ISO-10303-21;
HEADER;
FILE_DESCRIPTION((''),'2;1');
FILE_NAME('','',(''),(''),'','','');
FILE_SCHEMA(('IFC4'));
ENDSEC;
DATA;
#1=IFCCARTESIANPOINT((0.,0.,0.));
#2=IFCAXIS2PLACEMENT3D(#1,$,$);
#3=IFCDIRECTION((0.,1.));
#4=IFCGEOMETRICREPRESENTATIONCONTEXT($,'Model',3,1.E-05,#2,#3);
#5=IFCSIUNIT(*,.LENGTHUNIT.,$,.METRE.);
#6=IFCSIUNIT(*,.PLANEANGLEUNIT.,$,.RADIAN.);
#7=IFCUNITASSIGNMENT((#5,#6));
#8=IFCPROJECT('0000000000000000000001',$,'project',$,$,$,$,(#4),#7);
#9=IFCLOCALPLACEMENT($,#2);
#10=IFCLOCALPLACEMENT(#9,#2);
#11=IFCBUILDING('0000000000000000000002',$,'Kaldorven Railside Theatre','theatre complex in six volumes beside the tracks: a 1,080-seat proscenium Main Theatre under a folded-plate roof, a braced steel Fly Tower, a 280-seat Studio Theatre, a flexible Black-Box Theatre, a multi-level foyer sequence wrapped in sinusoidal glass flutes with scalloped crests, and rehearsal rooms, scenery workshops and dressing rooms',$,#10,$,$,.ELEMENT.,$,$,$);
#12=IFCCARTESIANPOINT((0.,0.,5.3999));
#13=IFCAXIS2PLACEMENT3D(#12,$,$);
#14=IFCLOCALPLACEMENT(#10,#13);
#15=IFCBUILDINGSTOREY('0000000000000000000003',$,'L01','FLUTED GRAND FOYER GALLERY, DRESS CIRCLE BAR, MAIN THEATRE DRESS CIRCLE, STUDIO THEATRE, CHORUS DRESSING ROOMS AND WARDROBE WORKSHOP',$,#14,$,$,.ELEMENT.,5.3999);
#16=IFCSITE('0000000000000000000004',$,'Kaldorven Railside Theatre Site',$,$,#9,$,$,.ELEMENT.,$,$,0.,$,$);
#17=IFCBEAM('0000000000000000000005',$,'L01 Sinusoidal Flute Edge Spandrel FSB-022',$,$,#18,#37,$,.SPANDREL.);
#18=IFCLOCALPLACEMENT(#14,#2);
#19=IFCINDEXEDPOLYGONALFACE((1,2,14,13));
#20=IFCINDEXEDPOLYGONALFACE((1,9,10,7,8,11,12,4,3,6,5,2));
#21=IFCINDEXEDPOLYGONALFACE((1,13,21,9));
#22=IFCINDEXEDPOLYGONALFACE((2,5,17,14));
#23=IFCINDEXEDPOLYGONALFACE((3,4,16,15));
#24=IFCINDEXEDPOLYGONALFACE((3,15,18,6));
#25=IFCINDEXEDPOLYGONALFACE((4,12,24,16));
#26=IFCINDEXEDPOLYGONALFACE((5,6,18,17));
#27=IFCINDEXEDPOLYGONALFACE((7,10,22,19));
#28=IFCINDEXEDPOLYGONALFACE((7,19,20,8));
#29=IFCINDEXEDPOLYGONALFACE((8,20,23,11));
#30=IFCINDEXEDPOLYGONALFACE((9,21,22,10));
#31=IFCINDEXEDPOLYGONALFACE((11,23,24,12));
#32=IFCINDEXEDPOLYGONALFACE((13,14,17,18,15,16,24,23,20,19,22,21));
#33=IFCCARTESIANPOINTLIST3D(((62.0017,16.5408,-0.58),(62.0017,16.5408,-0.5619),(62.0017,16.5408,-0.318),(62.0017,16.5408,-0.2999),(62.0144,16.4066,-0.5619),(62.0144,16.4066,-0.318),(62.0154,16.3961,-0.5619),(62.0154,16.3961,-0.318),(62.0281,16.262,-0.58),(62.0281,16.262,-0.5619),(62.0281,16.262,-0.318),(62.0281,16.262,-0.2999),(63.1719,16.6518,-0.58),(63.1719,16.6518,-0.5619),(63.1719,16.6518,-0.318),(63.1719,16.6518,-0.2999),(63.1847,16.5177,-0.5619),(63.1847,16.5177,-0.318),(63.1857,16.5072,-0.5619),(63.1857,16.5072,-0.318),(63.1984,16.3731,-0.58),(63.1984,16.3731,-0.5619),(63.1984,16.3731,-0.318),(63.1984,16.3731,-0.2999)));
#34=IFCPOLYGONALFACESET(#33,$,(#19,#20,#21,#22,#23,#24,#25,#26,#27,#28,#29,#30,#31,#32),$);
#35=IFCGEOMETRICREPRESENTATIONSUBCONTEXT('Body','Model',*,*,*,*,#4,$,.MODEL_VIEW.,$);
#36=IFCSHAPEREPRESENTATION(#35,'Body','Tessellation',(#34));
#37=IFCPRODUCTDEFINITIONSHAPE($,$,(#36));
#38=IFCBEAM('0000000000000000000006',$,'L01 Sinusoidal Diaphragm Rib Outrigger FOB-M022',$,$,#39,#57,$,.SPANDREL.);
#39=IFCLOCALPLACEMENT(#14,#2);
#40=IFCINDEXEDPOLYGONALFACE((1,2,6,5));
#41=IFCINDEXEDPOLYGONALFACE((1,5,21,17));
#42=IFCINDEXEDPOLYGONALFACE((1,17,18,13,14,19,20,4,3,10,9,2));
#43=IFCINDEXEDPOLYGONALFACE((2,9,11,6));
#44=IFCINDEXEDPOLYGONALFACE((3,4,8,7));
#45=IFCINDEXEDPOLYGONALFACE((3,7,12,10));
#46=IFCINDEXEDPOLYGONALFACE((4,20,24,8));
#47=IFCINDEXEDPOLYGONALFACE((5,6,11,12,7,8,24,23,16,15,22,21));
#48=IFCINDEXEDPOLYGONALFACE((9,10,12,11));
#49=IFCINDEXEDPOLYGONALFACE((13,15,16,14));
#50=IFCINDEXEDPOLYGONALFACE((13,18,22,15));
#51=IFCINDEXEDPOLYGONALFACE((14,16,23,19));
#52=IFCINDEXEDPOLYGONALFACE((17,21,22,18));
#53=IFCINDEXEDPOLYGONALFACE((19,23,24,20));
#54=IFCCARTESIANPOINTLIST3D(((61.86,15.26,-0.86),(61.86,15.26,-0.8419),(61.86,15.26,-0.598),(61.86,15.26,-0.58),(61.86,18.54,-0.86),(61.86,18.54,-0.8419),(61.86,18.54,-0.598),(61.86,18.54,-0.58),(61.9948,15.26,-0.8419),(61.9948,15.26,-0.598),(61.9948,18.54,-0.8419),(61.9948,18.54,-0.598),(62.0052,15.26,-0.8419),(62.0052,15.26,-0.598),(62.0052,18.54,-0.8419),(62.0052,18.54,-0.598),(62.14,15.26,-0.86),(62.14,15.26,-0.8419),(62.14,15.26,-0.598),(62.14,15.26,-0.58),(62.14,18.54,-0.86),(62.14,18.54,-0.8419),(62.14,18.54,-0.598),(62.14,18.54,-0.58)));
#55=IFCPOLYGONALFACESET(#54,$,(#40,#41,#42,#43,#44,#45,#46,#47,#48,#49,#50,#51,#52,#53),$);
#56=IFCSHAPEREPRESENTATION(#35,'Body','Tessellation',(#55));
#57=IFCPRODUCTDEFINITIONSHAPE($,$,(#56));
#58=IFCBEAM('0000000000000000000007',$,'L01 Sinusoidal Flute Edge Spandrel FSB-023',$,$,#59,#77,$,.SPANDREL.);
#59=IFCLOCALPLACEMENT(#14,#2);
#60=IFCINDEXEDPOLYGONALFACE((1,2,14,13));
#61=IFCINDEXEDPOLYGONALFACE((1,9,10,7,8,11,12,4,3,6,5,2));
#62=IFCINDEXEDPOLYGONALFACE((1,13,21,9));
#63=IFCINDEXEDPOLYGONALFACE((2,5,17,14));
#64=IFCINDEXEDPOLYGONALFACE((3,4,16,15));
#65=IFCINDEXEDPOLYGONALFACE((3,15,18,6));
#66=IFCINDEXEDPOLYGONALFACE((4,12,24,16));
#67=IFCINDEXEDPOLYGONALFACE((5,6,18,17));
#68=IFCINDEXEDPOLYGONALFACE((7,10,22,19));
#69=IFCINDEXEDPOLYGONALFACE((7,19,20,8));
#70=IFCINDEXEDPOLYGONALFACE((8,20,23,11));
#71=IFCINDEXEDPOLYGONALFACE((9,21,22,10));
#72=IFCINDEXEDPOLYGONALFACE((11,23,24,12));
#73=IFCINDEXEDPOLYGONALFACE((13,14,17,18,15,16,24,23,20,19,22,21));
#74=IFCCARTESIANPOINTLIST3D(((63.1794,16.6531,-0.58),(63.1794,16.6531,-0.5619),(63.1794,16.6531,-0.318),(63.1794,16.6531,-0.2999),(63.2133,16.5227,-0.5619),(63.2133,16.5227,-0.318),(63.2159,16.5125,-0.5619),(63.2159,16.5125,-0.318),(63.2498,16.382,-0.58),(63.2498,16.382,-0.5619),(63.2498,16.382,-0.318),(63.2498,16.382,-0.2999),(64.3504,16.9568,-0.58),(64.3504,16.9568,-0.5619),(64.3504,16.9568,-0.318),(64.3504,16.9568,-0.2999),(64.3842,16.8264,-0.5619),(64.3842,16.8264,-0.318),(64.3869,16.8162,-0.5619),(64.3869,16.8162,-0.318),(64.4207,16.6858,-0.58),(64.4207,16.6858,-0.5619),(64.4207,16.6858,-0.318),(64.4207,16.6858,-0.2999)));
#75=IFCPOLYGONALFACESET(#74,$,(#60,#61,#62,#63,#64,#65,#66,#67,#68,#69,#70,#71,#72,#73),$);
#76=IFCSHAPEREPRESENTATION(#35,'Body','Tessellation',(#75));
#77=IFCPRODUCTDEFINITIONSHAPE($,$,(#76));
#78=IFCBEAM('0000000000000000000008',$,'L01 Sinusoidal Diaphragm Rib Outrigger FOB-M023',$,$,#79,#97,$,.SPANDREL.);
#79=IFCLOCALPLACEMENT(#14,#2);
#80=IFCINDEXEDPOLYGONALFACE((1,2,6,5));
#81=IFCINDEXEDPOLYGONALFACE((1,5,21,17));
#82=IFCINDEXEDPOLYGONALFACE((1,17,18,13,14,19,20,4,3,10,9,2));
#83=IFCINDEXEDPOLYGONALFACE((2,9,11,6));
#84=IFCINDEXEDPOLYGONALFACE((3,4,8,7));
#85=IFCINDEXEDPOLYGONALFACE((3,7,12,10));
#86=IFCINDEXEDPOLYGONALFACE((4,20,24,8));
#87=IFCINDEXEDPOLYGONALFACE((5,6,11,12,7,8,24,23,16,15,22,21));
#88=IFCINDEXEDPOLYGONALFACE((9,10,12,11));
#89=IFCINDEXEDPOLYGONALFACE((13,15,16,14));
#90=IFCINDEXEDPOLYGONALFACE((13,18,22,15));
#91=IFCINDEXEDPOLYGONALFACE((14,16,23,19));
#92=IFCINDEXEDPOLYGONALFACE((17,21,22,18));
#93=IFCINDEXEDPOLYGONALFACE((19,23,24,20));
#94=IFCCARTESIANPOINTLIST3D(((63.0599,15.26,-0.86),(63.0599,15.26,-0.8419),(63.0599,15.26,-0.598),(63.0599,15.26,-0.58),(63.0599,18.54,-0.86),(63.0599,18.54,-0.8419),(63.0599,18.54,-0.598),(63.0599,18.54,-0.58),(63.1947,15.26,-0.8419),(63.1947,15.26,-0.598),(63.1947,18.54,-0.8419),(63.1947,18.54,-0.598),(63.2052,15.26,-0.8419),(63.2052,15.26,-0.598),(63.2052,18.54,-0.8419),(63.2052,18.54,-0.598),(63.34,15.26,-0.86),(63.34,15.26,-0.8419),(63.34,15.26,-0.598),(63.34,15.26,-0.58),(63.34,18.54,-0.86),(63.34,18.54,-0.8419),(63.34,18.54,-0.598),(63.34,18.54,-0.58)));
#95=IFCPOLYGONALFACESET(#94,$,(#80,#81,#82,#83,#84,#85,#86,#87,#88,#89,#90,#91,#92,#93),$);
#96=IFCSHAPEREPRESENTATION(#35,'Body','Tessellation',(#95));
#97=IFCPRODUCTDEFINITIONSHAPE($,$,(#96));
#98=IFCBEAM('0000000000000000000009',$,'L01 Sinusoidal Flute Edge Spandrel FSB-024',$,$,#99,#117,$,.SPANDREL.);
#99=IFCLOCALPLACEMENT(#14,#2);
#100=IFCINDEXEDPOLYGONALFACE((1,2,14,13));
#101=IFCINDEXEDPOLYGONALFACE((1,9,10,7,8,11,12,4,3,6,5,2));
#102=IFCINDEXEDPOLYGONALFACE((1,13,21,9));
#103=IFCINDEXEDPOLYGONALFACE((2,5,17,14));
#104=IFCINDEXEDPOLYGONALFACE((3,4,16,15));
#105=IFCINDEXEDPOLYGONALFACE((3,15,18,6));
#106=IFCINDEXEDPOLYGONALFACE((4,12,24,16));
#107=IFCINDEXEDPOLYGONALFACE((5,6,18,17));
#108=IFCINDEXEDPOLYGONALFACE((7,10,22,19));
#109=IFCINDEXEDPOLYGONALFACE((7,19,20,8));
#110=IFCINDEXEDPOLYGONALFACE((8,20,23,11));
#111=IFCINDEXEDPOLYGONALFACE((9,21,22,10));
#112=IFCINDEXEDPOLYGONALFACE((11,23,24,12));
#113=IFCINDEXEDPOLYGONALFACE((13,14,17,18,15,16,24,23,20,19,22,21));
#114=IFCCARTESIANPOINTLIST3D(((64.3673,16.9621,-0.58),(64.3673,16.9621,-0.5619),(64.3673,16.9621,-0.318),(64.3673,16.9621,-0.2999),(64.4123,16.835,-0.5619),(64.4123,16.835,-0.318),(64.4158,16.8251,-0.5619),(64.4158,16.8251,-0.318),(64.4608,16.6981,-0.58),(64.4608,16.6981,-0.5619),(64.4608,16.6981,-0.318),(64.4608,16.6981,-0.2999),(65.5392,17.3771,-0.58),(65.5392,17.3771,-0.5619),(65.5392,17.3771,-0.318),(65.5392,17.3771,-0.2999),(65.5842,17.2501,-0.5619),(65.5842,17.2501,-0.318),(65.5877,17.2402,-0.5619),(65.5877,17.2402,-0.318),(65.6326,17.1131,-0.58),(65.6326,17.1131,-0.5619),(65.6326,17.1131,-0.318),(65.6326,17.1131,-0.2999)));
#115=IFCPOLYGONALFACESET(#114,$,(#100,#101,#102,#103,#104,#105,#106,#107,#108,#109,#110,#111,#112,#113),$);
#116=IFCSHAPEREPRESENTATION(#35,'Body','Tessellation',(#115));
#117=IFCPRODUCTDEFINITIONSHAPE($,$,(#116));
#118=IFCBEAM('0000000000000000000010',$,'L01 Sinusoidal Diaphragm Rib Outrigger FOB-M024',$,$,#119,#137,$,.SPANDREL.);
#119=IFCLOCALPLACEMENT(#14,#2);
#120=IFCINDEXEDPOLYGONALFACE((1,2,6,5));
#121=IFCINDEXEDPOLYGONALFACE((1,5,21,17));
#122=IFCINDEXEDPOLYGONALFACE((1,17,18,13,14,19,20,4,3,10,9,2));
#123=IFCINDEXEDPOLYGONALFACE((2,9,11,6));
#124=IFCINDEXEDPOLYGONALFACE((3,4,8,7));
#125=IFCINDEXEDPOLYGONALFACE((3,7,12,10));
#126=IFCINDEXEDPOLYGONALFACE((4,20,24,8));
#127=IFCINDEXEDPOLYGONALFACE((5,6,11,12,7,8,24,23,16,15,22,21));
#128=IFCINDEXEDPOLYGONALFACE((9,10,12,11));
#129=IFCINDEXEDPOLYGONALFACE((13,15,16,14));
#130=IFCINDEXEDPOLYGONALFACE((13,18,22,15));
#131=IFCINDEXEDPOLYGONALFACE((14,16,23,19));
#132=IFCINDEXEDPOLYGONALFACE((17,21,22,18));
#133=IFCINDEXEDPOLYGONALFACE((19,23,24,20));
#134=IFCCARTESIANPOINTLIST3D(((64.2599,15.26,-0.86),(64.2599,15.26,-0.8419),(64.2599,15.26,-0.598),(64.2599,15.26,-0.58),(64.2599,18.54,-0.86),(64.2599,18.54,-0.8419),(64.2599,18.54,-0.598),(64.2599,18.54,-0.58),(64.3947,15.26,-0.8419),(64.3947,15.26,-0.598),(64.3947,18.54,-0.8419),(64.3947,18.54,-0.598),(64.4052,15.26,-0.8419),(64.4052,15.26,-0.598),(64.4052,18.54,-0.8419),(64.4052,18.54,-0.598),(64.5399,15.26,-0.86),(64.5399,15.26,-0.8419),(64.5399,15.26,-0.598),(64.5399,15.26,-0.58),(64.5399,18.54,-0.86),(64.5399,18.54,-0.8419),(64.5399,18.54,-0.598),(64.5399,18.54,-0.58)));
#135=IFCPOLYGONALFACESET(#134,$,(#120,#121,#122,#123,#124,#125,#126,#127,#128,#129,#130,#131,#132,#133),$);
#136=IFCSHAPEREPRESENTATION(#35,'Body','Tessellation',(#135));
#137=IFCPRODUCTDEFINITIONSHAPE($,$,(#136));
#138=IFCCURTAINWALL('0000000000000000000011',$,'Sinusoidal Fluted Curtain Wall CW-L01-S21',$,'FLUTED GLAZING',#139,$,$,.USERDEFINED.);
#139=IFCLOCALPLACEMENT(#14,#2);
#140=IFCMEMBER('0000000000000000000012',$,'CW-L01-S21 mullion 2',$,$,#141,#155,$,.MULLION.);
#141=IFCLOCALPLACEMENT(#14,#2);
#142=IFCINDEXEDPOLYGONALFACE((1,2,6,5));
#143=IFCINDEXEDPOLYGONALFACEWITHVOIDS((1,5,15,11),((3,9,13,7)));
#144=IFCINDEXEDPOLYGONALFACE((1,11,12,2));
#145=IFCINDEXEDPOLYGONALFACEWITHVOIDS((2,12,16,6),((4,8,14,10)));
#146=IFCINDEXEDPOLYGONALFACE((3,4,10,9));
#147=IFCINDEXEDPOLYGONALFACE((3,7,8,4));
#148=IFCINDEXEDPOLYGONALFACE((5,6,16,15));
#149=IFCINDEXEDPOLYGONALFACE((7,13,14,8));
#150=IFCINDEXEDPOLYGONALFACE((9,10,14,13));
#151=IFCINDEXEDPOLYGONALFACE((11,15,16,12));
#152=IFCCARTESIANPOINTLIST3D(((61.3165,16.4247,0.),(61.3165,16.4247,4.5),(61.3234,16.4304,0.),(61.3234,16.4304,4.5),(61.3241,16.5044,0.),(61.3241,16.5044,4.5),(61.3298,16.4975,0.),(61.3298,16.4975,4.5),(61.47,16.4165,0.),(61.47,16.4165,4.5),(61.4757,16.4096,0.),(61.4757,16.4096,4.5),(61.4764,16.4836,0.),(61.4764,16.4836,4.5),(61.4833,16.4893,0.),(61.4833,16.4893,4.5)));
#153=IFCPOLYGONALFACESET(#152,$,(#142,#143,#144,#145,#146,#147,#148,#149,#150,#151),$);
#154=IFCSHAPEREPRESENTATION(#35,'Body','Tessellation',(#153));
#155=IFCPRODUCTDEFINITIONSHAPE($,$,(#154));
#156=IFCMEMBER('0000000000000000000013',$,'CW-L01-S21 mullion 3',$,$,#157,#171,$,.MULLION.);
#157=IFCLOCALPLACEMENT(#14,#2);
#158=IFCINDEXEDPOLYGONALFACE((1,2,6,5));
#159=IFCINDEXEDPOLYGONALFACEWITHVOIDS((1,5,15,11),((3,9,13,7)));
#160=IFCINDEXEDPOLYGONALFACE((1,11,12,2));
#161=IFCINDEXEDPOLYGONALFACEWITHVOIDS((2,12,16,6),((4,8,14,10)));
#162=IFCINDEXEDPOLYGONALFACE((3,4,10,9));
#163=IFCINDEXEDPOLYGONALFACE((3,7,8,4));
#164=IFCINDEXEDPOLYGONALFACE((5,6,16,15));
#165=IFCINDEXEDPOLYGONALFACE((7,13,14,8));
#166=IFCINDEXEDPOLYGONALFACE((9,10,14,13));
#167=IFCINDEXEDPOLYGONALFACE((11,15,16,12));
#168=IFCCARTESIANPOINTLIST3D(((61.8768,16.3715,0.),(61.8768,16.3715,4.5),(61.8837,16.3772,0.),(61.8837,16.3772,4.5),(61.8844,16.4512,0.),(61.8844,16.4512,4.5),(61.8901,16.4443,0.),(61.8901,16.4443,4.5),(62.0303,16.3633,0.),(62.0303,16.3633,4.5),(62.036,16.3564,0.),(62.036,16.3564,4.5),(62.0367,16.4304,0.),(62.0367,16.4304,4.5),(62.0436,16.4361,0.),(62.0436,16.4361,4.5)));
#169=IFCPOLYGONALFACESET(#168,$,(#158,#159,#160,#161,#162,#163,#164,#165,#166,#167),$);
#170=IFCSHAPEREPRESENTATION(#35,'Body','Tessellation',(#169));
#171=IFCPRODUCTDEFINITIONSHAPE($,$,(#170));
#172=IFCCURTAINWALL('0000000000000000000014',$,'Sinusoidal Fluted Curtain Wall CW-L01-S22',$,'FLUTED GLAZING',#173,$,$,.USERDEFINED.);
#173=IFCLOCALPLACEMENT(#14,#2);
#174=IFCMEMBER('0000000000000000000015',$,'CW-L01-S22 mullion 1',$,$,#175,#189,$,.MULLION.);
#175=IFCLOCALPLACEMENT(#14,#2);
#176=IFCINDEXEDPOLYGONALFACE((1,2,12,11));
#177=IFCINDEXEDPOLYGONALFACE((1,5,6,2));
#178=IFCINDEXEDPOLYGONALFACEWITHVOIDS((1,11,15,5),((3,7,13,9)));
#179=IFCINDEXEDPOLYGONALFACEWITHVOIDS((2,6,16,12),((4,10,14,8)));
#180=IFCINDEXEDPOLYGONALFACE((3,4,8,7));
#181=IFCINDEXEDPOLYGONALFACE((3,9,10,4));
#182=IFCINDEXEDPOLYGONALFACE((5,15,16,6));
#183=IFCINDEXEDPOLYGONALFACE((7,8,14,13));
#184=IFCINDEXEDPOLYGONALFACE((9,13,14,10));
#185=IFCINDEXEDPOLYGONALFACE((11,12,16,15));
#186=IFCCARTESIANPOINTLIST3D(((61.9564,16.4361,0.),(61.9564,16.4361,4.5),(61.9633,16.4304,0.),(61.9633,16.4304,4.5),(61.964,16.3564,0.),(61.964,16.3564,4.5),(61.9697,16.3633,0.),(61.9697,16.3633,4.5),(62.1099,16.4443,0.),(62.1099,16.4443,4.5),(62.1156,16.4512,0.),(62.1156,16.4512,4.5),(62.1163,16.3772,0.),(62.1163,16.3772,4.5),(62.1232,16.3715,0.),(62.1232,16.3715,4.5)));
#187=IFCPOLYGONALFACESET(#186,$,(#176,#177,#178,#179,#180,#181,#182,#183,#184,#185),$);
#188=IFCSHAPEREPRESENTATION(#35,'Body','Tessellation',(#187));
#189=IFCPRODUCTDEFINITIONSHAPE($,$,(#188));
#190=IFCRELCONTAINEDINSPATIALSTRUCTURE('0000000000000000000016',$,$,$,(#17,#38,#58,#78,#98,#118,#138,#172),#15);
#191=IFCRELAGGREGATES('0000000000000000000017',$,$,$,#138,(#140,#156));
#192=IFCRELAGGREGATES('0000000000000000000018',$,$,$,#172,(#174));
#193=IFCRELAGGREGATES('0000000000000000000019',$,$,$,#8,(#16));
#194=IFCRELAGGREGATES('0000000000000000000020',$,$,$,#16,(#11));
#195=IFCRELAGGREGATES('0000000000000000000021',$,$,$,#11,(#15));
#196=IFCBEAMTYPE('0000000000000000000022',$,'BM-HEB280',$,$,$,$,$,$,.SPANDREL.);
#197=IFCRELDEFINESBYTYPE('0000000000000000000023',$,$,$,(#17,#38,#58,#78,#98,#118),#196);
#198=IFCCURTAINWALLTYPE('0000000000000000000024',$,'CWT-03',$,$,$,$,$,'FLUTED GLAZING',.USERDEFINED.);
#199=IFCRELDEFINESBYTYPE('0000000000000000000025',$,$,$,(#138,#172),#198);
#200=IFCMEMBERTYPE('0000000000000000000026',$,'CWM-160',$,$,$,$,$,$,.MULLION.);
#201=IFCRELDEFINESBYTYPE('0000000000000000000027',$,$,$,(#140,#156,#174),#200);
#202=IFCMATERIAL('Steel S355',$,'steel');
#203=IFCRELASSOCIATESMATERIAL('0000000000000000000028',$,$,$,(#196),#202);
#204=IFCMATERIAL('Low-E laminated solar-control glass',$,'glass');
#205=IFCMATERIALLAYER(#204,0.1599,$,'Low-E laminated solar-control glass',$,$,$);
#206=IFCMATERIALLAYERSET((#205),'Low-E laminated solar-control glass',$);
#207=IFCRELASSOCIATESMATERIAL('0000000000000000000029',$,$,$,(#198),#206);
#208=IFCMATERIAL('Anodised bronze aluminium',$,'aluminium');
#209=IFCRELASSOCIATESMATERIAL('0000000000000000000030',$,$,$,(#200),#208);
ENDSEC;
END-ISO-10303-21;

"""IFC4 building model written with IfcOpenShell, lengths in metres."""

from ifc_helpers import new_model, si_unit, direction, frame, origin, origin_2d, place, context, subcontext, project, spatial, hollow_rectangle, i_section, extrude, material, layer, layer_set, material_profile, profile_set, type_object, element, aggregate, save


model = new_model("IFC4")

# Units and contexts
model_context = context("Model", 3, precision=1e-05, world=origin(), true_north=direction((0.0, 1.0)))
body_context = subcontext(model_context, "Body", "Model", "MODEL_VIEW")
ifc_project = project(units=[si_unit("LENGTHUNIT", "METRE"), si_unit("PLANEANGLEUNIT", "RADIAN")], contexts=[model_context])

# Site, building, storey
site_placement = place(None, origin())
site = spatial("IfcSite", under=ifc_project, at=site_placement, Name="Kaldorven Railside Theatre Site", CompositionType="ELEMENT", RefElevation=0.0)
building_placement = place(site_placement, origin())
building = spatial("IfcBuilding", under=site, at=building_placement, Name="Kaldorven Railside Theatre", Description="theatre complex in six volumes beside the tracks: a 1,080-seat proscenium Main Theatre under a folded-plate roof, a braced steel Fly Tower, a 280-seat Studio Theatre, a flexible Black-Box Theatre, a multi-level foyer sequence wrapped in sinusoidal glass flutes with scalloped crests, and rehearsal rooms, scenery workshops and dressing rooms", CompositionType="ELEMENT")
storey_placement = place(building_placement, frame((0.0, 0.0, 5.3999)))
storey = spatial("IfcBuildingStorey", under=building, at=storey_placement, Name="L01", Description="FLUTED GRAND FOYER GALLERY, DRESS CIRCLE BAR, MAIN THEATRE DRESS CIRCLE, STUDIO THEATRE, CHORUS DRESSING ROOMS AND WARDROBE WORKSHOP", CompositionType="ELEMENT", Elevation=5.3999)

# Beams
ifc_material_1 = material(Name="Steel S355", Category="steel")
ifc_material_profile_1 = material_profile(ifc_material_1, i_section(OverallWidth=0.28, OverallDepth=0.28, WebThickness=0.0105, FlangeThickness=0.0181, at=origin_2d()), Name="HEB 280")
ifc_profile_set_1 = profile_set([ifc_material_profile_1], Name="Steel S355")
beam_type = type_object("IfcBeamType", Name="BM-HEB280", PredefinedType="SPANDREL", material=ifc_profile_set_1)
beam_1_placement = place(storey_placement, frame((62.0149, 16.4014, -0.4399), z_axis=(0.995524, 0.094505, 0.0), x_axis=(-0.094505, 0.995524, 0.0)))
element("IfcBeam", 1, at=beam_1_placement, inside=storey, type_object=beam_type, Name="L01 Sinusoidal Flute Edge Spandrel FSB-022", PredefinedType="SPANDREL", context=body_context, shape_type="SweptSolid", body=[
    extrude(i_section(OverallWidth=0.28, OverallDepth=0.28, WebThickness=0.0105, FlangeThickness=0.0181, at=origin_2d()), origin(), (0.0, 0.0, 1.0), 1.1755),
])
beam_2_placement = place(storey_placement, frame((62.0, 15.26, -0.72), z_axis=(0.0, 1.0, 0.0), x_axis=(-1.0, 0.0, 0.0)))
element("IfcBeam", 2, at=beam_2_placement, inside=storey, type_object=beam_type, Name="L01 Sinusoidal Diaphragm Rib Outrigger FOB-M022", PredefinedType="SPANDREL", context=body_context, shape_type="SweptSolid", body=[
    extrude(i_section(OverallWidth=0.28, OverallDepth=0.28, WebThickness=0.0105, FlangeThickness=0.0181, at=origin_2d()), origin(), (0.0, 0.0, 1.0), 3.28),
])
beam_3_placement = place(storey_placement, frame((63.2146, 16.5176, -0.4399), z_axis=(0.967968, 0.251074, 0.0), x_axis=(-0.251074, 0.967968, 0.0)))
element("IfcBeam", 3, at=beam_3_placement, inside=storey, type_object=beam_type, Name="L01 Sinusoidal Flute Edge Spandrel FSB-023", PredefinedType="SPANDREL", context=body_context, shape_type="SweptSolid", body=[
    extrude(i_section(OverallWidth=0.28, OverallDepth=0.28, WebThickness=0.0105, FlangeThickness=0.0181, at=origin_2d()), origin(), (0.0, 0.0, 1.0), 1.2097),
])
beam_4_placement = place(storey_placement, frame((63.2, 15.26, -0.72), z_axis=(0.0, 1.0, 0.0), x_axis=(-1.0, 0.0, 0.0)))
element("IfcBeam", 4, at=beam_4_placement, inside=storey, type_object=beam_type, Name="L01 Sinusoidal Diaphragm Rib Outrigger FOB-M023", PredefinedType="SPANDREL", context=body_context, shape_type="SweptSolid", body=[
    extrude(i_section(OverallWidth=0.28, OverallDepth=0.28, WebThickness=0.0105, FlangeThickness=0.0181, at=origin_2d()), origin(), (0.0, 0.0, 1.0), 3.28),
])
beam_5_placement = place(storey_placement, frame((64.4141, 16.8301, -0.4399), z_axis=(0.942627, 0.333847, 0.0), x_axis=(-0.333847, 0.942627, 0.0)))
element("IfcBeam", 5, at=beam_5_placement, inside=storey, type_object=beam_type, Name="L01 Sinusoidal Flute Edge Spandrel FSB-024", PredefinedType="SPANDREL", context=body_context, shape_type="SweptSolid", body=[
    extrude(i_section(OverallWidth=0.28, OverallDepth=0.28, WebThickness=0.0105, FlangeThickness=0.0181, at=origin_2d()), origin(), (0.0, 0.0, 1.0), 1.2432),
])
beam_6_placement = place(storey_placement, frame((64.3999, 15.26, -0.72), z_axis=(0.0, 1.0, 0.0), x_axis=(-1.0, 0.0, 0.0)))
element("IfcBeam", 6, at=beam_6_placement, inside=storey, type_object=beam_type, Name="L01 Sinusoidal Diaphragm Rib Outrigger FOB-M024", PredefinedType="SPANDREL", context=body_context, shape_type="SweptSolid", body=[
    extrude(i_section(OverallWidth=0.28, OverallDepth=0.28, WebThickness=0.0105, FlangeThickness=0.0181, at=origin_2d()), origin(), (0.0, 0.0, 1.0), 3.28),
])

# Curtain walls, members
ifc_material_2 = material(Name="Low-E laminated solar-control glass", Category="glass")
ifc_layer_1 = layer(ifc_material_2, 0.1599, Name="Low-E laminated solar-control glass")
ifc_layer_set_1 = layer_set([ifc_layer_1], Name="Low-E laminated solar-control glass")
curtain_wall_type_1 = type_object("IfcCurtainWallType", Name="CWT-03", ElementType="FLUTED GLAZING", PredefinedType="USERDEFINED", material=ifc_layer_set_1)
curtain_wall_1_placement = place(storey_placement, origin())
curtain_wall_1 = element("IfcCurtainWall", 7, at=curtain_wall_1_placement, inside=storey, type_object=curtain_wall_type_1, Name="Sinusoidal Fluted Curtain Wall CW-L01-S21", ObjectType="FLUTED GLAZING", PredefinedType="USERDEFINED")
ifc_material_3 = material(Name="Anodised bronze aluminium", Category="aluminium")
ifc_material_profile_2 = material_profile(ifc_material_3, hollow_rectangle(XDim=0.0801, YDim=0.1599, WallThickness=0.0063, at=origin_2d()), Name="RHS 160x80x6.3")
ifc_profile_set_2 = profile_set([ifc_material_profile_2], Name="Anodised bronze aluminium")
member_type_1 = type_object("IfcMemberType", Name="CWM-160", PredefinedType="MULLION", material=ifc_profile_set_2)
member_1_placement = place(storey_placement, frame((61.3999, 16.457, 0.0), z_axis=(0.0, 0.0, 1.0), x_axis=(0.094492, 0.995526, 0.0)))
member_1 = element("IfcMember", 8, at=member_1_placement, type_object=member_type_1, Name="CW-L01-S21 mullion 2", PredefinedType="MULLION", context=body_context, shape_type="SweptSolid", body=[
    extrude(hollow_rectangle(XDim=0.0801, YDim=0.1599, WallThickness=0.0063, at=origin_2d()), origin(), (0.0, 0.0, 1.0), 4.5),
])
member_2_placement = place(storey_placement, frame((61.9602, 16.4038, 0.0), z_axis=(0.0, 0.0, 1.0), x_axis=(0.094492, 0.995526, 0.0)))
member_2 = element("IfcMember", 9, at=member_2_placement, type_object=member_type_1, Name="CW-L01-S21 mullion 3", PredefinedType="MULLION", context=body_context, shape_type="SweptSolid", body=[
    extrude(hollow_rectangle(XDim=0.0801, YDim=0.1599, WallThickness=0.0063, at=origin_2d()), origin(), (0.0, 0.0, 1.0), 4.5),
])
curtain_wall_2_placement = place(storey_placement, origin())
curtain_wall_2 = element("IfcCurtainWall", 10, at=curtain_wall_2_placement, inside=storey, type_object=curtain_wall_type_1, Name="Sinusoidal Fluted Curtain Wall CW-L01-S22", ObjectType="FLUTED GLAZING", PredefinedType="USERDEFINED")
member_3_placement = place(storey_placement, frame((62.0398, 16.4038, 0.0), z_axis=(0.0, 0.0, 1.0), x_axis=(-0.094492, 0.995526, 0.0)))
member_3 = element("IfcMember", 11, at=member_3_placement, type_object=member_type_1, Name="CW-L01-S22 mullion 1", PredefinedType="MULLION", context=body_context, shape_type="SweptSolid", body=[
    extrude(hollow_rectangle(XDim=0.0801, YDim=0.1599, WallThickness=0.0063, at=origin_2d()), origin(), (0.0, 0.0, 1.0), 4.5),
])

aggregate(curtain_wall_1, [member_1, member_2])
aggregate(curtain_wall_2, [member_3])

save(model, "model.ifc")
